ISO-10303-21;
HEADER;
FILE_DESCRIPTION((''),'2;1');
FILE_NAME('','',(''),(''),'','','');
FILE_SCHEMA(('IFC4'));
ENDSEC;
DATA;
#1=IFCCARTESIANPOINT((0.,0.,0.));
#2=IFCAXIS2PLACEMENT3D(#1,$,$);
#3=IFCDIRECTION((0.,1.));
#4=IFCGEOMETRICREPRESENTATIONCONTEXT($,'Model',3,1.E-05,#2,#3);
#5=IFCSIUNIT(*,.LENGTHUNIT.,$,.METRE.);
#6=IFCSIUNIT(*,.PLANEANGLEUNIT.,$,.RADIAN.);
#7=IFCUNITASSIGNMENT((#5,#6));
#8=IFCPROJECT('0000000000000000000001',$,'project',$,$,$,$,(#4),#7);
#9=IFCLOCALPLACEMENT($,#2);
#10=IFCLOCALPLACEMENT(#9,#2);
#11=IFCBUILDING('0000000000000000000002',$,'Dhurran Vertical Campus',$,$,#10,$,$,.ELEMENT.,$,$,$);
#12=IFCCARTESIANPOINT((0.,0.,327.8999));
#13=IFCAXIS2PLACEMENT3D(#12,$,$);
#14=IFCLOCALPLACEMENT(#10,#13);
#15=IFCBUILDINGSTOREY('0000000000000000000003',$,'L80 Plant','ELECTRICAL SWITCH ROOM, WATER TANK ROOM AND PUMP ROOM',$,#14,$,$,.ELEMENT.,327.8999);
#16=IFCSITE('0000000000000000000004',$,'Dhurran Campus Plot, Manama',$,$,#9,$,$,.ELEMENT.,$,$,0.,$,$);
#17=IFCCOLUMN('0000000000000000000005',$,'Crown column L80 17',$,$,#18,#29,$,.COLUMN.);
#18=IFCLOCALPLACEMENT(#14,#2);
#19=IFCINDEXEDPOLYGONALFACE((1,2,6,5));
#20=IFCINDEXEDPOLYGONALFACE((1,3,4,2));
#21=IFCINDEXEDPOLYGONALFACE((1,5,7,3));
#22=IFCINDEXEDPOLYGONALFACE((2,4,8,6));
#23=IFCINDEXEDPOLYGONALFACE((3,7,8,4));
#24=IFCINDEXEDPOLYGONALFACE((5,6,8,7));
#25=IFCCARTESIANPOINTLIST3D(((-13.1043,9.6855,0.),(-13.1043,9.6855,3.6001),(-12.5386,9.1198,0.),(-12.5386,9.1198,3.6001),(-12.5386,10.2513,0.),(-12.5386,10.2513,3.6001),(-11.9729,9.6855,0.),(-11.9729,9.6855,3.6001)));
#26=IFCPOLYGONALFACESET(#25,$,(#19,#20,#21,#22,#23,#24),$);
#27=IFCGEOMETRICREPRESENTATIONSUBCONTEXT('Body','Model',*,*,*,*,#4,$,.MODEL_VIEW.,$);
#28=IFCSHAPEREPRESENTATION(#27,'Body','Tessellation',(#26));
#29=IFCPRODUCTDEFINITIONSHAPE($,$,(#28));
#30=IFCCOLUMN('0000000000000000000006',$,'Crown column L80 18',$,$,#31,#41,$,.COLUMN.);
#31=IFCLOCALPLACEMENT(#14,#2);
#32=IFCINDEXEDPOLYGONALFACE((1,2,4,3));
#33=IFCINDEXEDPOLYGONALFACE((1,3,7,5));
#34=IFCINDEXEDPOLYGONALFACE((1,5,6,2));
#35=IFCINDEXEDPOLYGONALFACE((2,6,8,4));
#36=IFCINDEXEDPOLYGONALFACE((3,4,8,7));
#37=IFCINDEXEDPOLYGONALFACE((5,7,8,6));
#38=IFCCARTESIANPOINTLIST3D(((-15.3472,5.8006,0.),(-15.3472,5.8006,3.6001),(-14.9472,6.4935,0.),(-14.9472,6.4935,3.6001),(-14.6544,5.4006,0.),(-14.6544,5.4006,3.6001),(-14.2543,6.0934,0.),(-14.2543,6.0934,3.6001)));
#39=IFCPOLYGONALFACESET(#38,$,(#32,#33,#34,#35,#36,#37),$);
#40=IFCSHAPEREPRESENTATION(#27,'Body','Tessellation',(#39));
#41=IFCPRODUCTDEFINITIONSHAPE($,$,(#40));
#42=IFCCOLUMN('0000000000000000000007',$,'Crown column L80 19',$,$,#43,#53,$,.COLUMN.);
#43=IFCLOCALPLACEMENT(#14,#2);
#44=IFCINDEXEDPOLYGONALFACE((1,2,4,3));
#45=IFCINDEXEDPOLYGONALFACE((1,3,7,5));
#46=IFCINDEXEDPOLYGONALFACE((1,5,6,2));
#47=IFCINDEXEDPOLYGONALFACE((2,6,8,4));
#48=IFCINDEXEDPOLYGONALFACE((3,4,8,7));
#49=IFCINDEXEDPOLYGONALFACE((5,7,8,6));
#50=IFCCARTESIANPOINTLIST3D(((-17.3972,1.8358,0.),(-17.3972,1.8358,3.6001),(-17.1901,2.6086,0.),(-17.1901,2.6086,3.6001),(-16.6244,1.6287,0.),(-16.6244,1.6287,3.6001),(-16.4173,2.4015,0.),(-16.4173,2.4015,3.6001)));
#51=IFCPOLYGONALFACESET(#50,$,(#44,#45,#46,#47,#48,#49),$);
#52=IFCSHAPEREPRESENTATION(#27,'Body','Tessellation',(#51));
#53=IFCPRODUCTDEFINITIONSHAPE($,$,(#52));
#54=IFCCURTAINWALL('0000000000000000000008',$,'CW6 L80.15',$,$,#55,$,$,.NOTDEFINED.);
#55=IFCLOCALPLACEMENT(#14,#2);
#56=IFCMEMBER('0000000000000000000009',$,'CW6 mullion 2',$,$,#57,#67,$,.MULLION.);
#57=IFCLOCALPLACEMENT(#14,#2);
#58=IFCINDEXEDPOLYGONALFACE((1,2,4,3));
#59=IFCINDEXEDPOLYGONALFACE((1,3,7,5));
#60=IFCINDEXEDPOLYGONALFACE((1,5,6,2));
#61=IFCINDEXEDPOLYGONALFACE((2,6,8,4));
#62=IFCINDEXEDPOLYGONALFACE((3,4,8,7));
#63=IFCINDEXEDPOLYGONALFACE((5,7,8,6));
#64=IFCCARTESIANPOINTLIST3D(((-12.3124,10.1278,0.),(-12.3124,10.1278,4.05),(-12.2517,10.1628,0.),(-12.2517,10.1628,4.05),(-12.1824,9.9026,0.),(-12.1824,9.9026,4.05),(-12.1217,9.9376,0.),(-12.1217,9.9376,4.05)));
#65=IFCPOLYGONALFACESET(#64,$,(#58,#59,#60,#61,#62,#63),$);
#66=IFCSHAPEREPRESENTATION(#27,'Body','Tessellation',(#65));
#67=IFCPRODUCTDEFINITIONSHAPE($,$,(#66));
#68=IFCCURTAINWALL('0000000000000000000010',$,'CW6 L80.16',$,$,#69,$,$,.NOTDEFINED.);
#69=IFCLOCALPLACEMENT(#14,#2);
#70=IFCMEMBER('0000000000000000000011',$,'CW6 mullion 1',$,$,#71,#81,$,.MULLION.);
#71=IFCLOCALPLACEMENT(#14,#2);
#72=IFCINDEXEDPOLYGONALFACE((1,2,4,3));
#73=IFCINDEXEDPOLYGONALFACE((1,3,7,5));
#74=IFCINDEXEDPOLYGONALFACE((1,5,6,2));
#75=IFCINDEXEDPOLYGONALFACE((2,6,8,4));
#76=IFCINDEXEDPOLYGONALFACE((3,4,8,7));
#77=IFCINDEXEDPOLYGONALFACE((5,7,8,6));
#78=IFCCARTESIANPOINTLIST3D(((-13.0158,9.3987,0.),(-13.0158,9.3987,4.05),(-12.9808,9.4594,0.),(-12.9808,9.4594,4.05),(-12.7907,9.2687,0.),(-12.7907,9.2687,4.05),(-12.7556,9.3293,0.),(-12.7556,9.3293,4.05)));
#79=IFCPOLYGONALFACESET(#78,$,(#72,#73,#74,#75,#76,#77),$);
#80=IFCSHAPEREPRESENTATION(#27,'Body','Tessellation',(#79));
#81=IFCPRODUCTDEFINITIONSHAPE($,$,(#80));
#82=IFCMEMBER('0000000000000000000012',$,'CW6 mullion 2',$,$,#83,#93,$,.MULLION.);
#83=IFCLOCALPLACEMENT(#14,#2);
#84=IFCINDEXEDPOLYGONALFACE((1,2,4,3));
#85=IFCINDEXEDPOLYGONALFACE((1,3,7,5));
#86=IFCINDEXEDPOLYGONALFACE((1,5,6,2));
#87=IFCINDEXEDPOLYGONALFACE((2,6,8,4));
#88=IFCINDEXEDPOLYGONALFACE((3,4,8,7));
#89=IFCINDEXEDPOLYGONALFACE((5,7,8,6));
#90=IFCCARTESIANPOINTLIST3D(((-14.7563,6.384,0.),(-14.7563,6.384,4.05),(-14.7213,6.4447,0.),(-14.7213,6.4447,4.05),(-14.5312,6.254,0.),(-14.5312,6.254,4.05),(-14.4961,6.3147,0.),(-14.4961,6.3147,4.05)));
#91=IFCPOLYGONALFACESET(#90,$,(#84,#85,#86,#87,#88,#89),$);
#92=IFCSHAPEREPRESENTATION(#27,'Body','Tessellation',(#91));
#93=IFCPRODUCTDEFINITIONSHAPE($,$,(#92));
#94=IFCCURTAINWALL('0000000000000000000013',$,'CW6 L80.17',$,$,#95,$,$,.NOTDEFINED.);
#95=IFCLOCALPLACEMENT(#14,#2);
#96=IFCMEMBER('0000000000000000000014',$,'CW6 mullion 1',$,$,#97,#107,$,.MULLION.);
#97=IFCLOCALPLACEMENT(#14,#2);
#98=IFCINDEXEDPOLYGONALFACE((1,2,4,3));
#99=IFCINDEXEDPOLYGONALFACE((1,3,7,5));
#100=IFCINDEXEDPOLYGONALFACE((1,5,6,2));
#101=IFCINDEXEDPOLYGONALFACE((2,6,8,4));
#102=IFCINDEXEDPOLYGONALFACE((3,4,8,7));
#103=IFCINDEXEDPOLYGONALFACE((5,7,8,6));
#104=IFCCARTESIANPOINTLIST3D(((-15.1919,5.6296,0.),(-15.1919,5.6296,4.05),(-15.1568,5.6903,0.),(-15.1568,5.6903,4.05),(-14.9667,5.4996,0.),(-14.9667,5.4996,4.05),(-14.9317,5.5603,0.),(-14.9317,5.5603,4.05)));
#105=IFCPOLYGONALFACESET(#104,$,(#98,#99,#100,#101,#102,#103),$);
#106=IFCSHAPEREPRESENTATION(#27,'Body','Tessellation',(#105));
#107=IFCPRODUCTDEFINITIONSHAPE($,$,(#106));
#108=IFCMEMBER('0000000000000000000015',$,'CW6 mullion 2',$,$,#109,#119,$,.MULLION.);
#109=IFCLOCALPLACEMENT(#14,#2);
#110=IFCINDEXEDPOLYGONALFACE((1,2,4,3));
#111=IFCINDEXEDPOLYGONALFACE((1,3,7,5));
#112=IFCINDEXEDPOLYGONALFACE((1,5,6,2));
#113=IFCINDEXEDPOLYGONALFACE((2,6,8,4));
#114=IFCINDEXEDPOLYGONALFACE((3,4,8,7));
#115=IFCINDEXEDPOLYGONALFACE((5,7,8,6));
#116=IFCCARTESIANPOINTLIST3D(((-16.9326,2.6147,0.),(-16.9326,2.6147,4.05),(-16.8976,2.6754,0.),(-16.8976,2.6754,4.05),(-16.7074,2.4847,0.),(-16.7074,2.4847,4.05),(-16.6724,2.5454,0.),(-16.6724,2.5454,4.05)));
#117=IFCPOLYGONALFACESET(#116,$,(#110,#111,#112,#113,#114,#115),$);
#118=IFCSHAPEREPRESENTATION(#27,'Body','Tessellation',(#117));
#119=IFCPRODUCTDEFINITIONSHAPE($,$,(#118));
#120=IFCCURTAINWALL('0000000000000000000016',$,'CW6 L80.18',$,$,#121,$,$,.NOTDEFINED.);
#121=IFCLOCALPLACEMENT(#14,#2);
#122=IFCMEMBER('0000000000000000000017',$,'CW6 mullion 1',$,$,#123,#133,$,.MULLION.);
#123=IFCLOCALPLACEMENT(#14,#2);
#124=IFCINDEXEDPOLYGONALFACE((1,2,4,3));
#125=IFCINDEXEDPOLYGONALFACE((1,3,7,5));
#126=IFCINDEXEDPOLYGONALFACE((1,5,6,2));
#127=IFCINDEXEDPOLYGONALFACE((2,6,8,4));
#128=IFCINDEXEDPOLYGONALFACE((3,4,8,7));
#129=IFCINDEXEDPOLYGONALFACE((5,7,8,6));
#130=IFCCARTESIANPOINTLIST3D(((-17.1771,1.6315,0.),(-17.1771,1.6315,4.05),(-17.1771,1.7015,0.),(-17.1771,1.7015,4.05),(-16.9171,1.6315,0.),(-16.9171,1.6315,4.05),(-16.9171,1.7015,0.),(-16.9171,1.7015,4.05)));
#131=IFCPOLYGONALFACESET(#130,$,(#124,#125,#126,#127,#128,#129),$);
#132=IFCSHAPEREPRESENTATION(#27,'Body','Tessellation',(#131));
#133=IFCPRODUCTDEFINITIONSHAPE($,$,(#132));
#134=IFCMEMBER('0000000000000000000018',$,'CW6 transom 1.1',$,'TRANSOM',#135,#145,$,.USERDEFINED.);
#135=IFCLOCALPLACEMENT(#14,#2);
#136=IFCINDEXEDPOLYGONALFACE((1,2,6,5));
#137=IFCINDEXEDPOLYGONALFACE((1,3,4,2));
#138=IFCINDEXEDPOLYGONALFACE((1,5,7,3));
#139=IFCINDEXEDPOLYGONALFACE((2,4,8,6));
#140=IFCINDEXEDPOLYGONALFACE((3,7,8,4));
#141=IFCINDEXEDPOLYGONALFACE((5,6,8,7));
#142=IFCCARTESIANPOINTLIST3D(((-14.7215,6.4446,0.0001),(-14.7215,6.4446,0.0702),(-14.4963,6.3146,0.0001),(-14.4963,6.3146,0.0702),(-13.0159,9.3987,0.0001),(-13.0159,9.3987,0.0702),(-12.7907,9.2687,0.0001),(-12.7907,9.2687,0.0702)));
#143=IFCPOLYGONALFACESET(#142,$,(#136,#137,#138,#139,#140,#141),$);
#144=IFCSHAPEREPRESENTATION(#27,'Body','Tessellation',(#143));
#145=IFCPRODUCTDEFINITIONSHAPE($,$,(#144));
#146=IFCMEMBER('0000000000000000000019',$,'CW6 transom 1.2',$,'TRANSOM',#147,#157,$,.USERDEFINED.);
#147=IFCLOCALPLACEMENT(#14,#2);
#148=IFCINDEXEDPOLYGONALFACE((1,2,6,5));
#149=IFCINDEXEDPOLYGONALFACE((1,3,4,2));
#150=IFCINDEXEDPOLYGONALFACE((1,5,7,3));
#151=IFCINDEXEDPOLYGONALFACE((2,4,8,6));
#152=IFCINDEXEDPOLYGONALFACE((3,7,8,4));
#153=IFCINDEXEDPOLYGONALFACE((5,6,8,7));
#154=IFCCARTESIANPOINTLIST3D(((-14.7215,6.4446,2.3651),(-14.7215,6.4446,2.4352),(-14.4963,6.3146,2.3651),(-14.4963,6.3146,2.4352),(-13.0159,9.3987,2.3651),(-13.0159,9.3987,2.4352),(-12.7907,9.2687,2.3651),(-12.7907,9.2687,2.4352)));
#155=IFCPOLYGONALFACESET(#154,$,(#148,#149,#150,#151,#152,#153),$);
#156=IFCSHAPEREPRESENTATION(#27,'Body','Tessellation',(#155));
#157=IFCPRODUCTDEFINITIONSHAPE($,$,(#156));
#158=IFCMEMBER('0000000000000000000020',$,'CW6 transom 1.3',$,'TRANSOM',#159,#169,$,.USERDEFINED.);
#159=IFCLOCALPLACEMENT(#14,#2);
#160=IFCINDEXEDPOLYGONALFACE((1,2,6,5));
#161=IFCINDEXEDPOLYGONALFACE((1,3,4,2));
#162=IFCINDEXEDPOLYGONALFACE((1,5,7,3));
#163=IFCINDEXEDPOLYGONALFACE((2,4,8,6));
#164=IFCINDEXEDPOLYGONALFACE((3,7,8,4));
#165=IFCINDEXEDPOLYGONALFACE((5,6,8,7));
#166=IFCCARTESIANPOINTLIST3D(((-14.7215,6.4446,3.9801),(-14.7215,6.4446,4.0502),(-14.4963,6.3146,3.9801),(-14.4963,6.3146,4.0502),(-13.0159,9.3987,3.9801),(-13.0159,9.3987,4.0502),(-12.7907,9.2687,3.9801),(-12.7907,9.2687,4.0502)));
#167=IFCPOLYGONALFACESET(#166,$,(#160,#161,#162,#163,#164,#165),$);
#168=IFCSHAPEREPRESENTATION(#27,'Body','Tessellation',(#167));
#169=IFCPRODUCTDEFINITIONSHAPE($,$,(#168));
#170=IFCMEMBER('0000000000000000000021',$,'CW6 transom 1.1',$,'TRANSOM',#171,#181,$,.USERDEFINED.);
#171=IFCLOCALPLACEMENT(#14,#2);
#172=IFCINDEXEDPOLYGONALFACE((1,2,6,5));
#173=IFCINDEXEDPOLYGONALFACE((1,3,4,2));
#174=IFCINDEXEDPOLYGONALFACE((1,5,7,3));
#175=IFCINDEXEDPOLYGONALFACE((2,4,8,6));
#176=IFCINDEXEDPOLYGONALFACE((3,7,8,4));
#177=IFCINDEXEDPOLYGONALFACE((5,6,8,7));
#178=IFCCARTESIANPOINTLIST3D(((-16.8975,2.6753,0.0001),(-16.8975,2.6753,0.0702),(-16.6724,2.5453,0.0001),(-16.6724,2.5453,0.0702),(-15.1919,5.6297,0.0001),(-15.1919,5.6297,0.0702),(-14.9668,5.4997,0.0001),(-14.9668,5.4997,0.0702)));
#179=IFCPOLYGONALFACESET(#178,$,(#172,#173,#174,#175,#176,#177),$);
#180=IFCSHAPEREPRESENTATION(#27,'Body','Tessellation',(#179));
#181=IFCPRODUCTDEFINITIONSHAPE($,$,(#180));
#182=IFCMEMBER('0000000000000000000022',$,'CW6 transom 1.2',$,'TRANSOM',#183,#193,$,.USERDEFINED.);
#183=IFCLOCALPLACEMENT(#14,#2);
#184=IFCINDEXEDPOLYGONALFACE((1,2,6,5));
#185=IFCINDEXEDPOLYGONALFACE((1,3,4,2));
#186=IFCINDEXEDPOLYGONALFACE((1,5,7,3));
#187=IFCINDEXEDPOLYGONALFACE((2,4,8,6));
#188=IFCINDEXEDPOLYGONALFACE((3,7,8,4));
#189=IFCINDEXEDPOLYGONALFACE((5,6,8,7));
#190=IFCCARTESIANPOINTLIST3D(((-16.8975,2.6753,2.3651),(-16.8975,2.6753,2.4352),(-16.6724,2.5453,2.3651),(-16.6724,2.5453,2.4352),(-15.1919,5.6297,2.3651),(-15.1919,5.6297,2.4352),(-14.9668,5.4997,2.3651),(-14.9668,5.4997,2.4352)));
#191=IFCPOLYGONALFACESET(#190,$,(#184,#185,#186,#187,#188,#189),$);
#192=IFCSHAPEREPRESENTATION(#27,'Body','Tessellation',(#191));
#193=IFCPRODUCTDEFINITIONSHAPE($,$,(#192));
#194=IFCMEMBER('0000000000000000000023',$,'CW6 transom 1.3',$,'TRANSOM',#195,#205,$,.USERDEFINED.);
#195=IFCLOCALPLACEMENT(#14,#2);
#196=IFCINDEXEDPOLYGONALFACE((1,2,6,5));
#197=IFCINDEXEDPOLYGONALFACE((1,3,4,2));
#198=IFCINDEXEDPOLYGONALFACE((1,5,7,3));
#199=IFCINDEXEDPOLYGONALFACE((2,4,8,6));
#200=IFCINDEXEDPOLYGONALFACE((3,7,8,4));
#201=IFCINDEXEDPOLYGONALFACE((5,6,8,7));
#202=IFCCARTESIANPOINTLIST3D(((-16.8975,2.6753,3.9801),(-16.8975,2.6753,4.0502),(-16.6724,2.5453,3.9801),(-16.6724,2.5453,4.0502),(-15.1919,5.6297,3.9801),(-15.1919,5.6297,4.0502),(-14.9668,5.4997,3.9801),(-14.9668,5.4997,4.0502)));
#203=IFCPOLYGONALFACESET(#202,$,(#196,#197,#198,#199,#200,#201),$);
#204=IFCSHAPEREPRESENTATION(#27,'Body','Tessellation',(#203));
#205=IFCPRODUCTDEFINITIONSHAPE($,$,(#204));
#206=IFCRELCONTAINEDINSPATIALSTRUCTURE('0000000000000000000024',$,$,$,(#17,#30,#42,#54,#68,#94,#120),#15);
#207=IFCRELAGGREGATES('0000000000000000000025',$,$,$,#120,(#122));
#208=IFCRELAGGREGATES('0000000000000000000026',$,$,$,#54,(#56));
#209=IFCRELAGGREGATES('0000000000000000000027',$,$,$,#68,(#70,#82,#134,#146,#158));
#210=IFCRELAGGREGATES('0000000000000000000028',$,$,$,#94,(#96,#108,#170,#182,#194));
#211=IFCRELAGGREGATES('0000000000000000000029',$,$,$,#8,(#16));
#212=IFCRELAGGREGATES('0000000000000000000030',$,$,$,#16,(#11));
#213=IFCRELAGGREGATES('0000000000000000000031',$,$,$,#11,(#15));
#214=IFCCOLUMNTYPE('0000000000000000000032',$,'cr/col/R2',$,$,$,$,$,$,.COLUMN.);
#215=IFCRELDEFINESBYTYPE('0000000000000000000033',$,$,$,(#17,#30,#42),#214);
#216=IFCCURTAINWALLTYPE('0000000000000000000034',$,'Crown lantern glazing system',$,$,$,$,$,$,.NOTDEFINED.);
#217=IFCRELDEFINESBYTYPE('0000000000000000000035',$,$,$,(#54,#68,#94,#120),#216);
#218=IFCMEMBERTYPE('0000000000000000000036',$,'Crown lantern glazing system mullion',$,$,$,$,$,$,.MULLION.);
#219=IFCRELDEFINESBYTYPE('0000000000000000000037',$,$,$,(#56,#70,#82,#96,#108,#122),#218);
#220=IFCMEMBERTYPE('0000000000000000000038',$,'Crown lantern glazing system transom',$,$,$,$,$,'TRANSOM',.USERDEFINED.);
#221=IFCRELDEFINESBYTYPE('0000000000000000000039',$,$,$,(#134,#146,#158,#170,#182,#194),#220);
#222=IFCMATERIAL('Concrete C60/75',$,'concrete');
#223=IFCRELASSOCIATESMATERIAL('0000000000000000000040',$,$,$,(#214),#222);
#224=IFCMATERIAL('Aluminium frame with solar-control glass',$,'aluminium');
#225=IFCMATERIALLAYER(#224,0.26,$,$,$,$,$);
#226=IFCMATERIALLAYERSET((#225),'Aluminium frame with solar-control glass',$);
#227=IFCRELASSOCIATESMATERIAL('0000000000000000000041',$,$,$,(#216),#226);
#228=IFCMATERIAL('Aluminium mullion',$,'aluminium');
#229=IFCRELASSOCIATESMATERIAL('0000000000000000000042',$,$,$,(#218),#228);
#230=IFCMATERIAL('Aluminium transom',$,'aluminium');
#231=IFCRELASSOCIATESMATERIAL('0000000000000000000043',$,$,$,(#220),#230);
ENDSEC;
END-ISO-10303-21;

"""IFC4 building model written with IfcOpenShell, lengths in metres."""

from ifc_helpers import new_model, si_unit, direction, frame, origin, origin_2d, place, context, subcontext, project, spatial, rectangle, extrude, material, layer, layer_set, material_profile, profile_set, type_object, element, aggregate, save


model = new_model("IFC4")

# Units and contexts
model_context = context("Model", 3, precision=1e-05, world=origin(), true_north=direction((0.0, 1.0)))
body_context = subcontext(model_context, "Body", "Model", "MODEL_VIEW")
ifc_project = project(units=[si_unit("LENGTHUNIT", "METRE"), si_unit("PLANEANGLEUNIT", "RADIAN")], contexts=[model_context])

# Site, building, storey
site_placement = place(None, origin())
site = spatial("IfcSite", under=ifc_project, at=site_placement, Name="Dhurran Campus Plot, Manama", CompositionType="ELEMENT", RefElevation=0.0)
building_placement = place(site_placement, origin())
building = spatial("IfcBuilding", under=site, at=building_placement, Name="Dhurran Vertical Campus", CompositionType="ELEMENT")
storey_placement = place(building_placement, frame((0.0, 0.0, 327.8999)))
storey = spatial("IfcBuildingStorey", under=building, at=storey_placement, Name="L80 Plant", Description="ELECTRICAL SWITCH ROOM, WATER TANK ROOM AND PUMP ROOM", CompositionType="ELEMENT", Elevation=327.8999)

# Columns
ifc_material_1 = material(Name="Concrete C60/75", Category="concrete")
ifc_material_profile_1 = material_profile(ifc_material_1, rectangle(XDim=0.8, YDim=0.8, at=origin_2d()), Name="cr/col/R2")
ifc_profile_set_1 = profile_set([ifc_material_profile_1], Name="Concrete C60/75")
column_type = type_object("IfcColumnType", Name="cr/col/R2", PredefinedType="COLUMN", material=ifc_profile_set_1)
for number, where, z_axis, x_axis, name in (
    (1, (-12.5386, 9.6855, 0.0), (0.0, 0.0, 1.0), (-0.707107, -0.707107, 0.0), "Crown column L80 17"),
    (2, (-14.8008, 5.947, 0.0), (0.0, 0.0, 1.0), (-0.5, -0.866025, 0.0), "Crown column L80 18"),
    (3, (-16.9072, 2.1187, 0.0), (0.0, 0.0, 1.0), (-0.258819, -0.965926, 0.0), "Crown column L80 19"),
):
    element("IfcColumn", number, at=place(storey_placement, frame(where, z_axis=z_axis, x_axis=x_axis)), inside=storey, type_object=column_type, Name=name, PredefinedType="COLUMN", context=body_context, shape_type="SweptSolid", body=[
        extrude(rectangle(XDim=0.8, YDim=0.8, at=origin_2d()), origin(), (0.0, 0.0, 1.0), 3.6001),
    ])

# Curtain wall, member
ifc_material_2 = material(Name="Aluminium frame with solar-control glass", Category="aluminium")
ifc_layer_1 = layer(ifc_material_2, 0.26)
ifc_layer_set_1 = layer_set([ifc_layer_1], Name="Aluminium frame with solar-control glass")
curtain_wall_type = type_object("IfcCurtainWallType", Name="Crown lantern glazing system", PredefinedType="NOTDEFINED", material=ifc_layer_set_1)
curtain_wall_1_placement = place(storey_placement, origin())
curtain_wall_1 = element("IfcCurtainWall", 4, at=curtain_wall_1_placement, inside=storey, type_object=curtain_wall_type, Name="CW6 L80.15", PredefinedType="NOTDEFINED")
ifc_material_3 = material(Name="Aluminium mullion", Category="aluminium")
ifc_material_profile_2 = material_profile(ifc_material_3, rectangle(XDim=0.26, YDim=0.0701, at=origin_2d()), Name="Crown lantern glazing system mullion")
ifc_profile_set_2 = profile_set([ifc_material_profile_2], Name="Aluminium mullion")
member_type_1 = type_object("IfcMemberType", Name="Crown lantern glazing system mullion", PredefinedType="MULLION", material=ifc_profile_set_2)
member_1_placement = place(storey_placement, frame((-12.217, 10.0327, 0.0), z_axis=(0.0, 0.0, 1.0), x_axis=(0.499991, -0.86603, 0.0)))
member_1 = element("IfcMember", 5, at=member_1_placement, type_object=member_type_1, Name="CW6 mullion 2", PredefinedType="MULLION", context=body_context, shape_type="SweptSolid", body=[
    extrude(rectangle(XDim=0.26, YDim=0.0701, at=origin_2d()), origin(), (0.0, 0.0, 1.0), 4.05),
])

# Curtain walls, members
curtain_wall_2_placement = place(storey_placement, origin())
curtain_wall_2 = element("IfcCurtainWall", 6, at=curtain_wall_2_placement, inside=storey, type_object=curtain_wall_type, Name="CW6 L80.16", PredefinedType="NOTDEFINED")
member_2_placement = place(storey_placement, frame((-12.8857, 9.364, 0.0), z_axis=(0.0, 0.0, 1.0), x_axis=(0.866016, -0.500016, 0.0)))
member_2 = element("IfcMember", 7, at=member_2_placement, type_object=member_type_1, Name="CW6 mullion 1", PredefinedType="MULLION", context=body_context, shape_type="SweptSolid", body=[
    extrude(rectangle(XDim=0.26, YDim=0.0701, at=origin_2d()), origin(), (0.0, 0.0, 1.0), 4.05),
])
member_3_placement = place(storey_placement, frame((-14.6262, 6.3494, 0.0), z_axis=(0.0, 0.0, 1.0), x_axis=(0.866016, -0.500016, 0.0)))
member_3 = element("IfcMember", 8, at=member_3_placement, type_object=member_type_1, Name="CW6 mullion 2", PredefinedType="MULLION", context=body_context, shape_type="SweptSolid", body=[
    extrude(rectangle(XDim=0.26, YDim=0.0701, at=origin_2d()), origin(), (0.0, 0.0, 1.0), 4.05),
])
curtain_wall_3_placement = place(storey_placement, origin())
curtain_wall_3 = element("IfcCurtainWall", 9, at=curtain_wall_3_placement, inside=storey, type_object=curtain_wall_type, Name="CW6 L80.17", PredefinedType="NOTDEFINED")
member_4_placement = place(storey_placement, frame((-15.0618, 5.595, 0.0), z_axis=(0.0, 0.0, 1.0), x_axis=(0.86603, -0.499991, 0.0)))
member_4 = element("IfcMember", 10, at=member_4_placement, type_object=member_type_1, Name="CW6 mullion 1", PredefinedType="MULLION", context=body_context, shape_type="SweptSolid", body=[
    extrude(rectangle(XDim=0.26, YDim=0.0701, at=origin_2d()), origin(), (0.0, 0.0, 1.0), 4.05),
])
member_5_placement = place(storey_placement, frame((-16.8025, 2.5801, 0.0), z_axis=(0.0, 0.0, 1.0), x_axis=(0.86603, -0.499991, 0.0)))
member_5 = element("IfcMember", 11, at=member_5_placement, type_object=member_type_1, Name="CW6 mullion 2", PredefinedType="MULLION", context=body_context, shape_type="SweptSolid", body=[
    extrude(rectangle(XDim=0.26, YDim=0.0701, at=origin_2d()), origin(), (0.0, 0.0, 1.0), 4.05),
])

# Curtain wall, member
curtain_wall_4_placement = place(storey_placement, origin())
curtain_wall_4 = element("IfcCurtainWall", 12, at=curtain_wall_4_placement, inside=storey, type_object=curtain_wall_type, Name="CW6 L80.18", PredefinedType="NOTDEFINED")
member_6_placement = place(storey_placement, frame((-17.0471, 1.6665, 0.0), z_axis=(0.0, 0.0, 1.0), x_axis=(1.0, 0.0, 0.0)))
member_6 = element("IfcMember", 13, at=member_6_placement, type_object=member_type_1, Name="CW6 mullion 1", PredefinedType="MULLION", context=body_context, shape_type="SweptSolid", body=[
    extrude(rectangle(XDim=0.26, YDim=0.0701, at=origin_2d()), origin(), (0.0, 0.0, 1.0), 4.05),
])

# Members
ifc_material_4 = material(Name="Aluminium transom", Category="aluminium")
ifc_material_profile_3 = material_profile(ifc_material_4, rectangle(XDim=0.26, YDim=0.0701, at=origin_2d()), Name="Crown lantern glazing system transom")
ifc_profile_set_3 = profile_set([ifc_material_profile_3], Name="Aluminium transom")
member_type_2 = type_object("IfcMemberType", Name="Crown lantern glazing system transom", ElementType="TRANSOM", PredefinedType="USERDEFINED", material=ifc_profile_set_3)
member_7_placement = place(storey_placement, frame((-12.9033, 9.3337, 0.0352), z_axis=(-0.500003, -0.866023, 0.0), x_axis=(0.866023, -0.500003, 0.0)))
member_7 = element("IfcMember", 14, at=member_7_placement, type_object=member_type_2, Name="CW6 transom 1.1", ObjectType="TRANSOM", PredefinedType="USERDEFINED", context=body_context, shape_type="SweptSolid", body=[
    extrude(rectangle(XDim=0.26, YDim=0.0701, at=origin_2d()), origin(), (0.0, 0.0, 1.0), 3.4111),
])
member_8_placement = place(storey_placement, frame((-12.9033, 9.3337, 2.4001), z_axis=(-0.500003, -0.866023, 0.0), x_axis=(0.866023, -0.500003, 0.0)))
member_8 = element("IfcMember", 15, at=member_8_placement, type_object=member_type_2, Name="CW6 transom 1.2", ObjectType="TRANSOM", PredefinedType="USERDEFINED", context=body_context, shape_type="SweptSolid", body=[
    extrude(rectangle(XDim=0.26, YDim=0.0701, at=origin_2d()), origin(), (0.0, 0.0, 1.0), 3.4111),
])
member_9_placement = place(storey_placement, frame((-12.9033, 9.3337, 4.0151), z_axis=(-0.500003, -0.866023, 0.0), x_axis=(0.866023, -0.500003, 0.0)))
member_9 = element("IfcMember", 16, at=member_9_placement, type_object=member_type_2, Name="CW6 transom 1.3", ObjectType="TRANSOM", PredefinedType="USERDEFINED", context=body_context, shape_type="SweptSolid", body=[
    extrude(rectangle(XDim=0.26, YDim=0.0701, at=origin_2d()), origin(), (0.0, 0.0, 1.0), 3.4111),
])
member_10_placement = place(storey_placement, frame((-15.0793, 5.5647, 0.0352), z_axis=(-0.499972, -0.866041, 0.0), x_axis=(0.866041, -0.499972, 0.0)))
member_10 = element("IfcMember", 17, at=member_10_placement, type_object=member_type_2, Name="CW6 transom 1.1", ObjectType="TRANSOM", PredefinedType="USERDEFINED", context=body_context, shape_type="SweptSolid", body=[
    extrude(rectangle(XDim=0.26, YDim=0.0701, at=origin_2d()), origin(), (0.0, 0.0, 1.0), 3.4114),
])
member_11_placement = place(storey_placement, frame((-15.0793, 5.5647, 2.4001), z_axis=(-0.499972, -0.866041, 0.0), x_axis=(0.866041, -0.499972, 0.0)))
member_11 = element("IfcMember", 18, at=member_11_placement, type_object=member_type_2, Name="CW6 transom 1.2", ObjectType="TRANSOM", PredefinedType="USERDEFINED", context=body_context, shape_type="SweptSolid", body=[
    extrude(rectangle(XDim=0.26, YDim=0.0701, at=origin_2d()), origin(), (0.0, 0.0, 1.0), 3.4114),
])
member_12_placement = place(storey_placement, frame((-15.0793, 5.5647, 4.0151), z_axis=(-0.499972, -0.866041, 0.0), x_axis=(0.866041, -0.499972, 0.0)))
member_12 = element("IfcMember", 19, at=member_12_placement, type_object=member_type_2, Name="CW6 transom 1.3", ObjectType="TRANSOM", PredefinedType="USERDEFINED", context=body_context, shape_type="SweptSolid", body=[
    extrude(rectangle(XDim=0.26, YDim=0.0701, at=origin_2d()), origin(), (0.0, 0.0, 1.0), 3.4114),
])
aggregate(curtain_wall_4, [member_6])

aggregate(curtain_wall_1, [member_1])
aggregate(curtain_wall_2, [member_2, member_3, member_7, member_8, member_9])
aggregate(curtain_wall_3, [member_4, member_5, member_10, member_11, member_12])

save(model, "model.ifc")
